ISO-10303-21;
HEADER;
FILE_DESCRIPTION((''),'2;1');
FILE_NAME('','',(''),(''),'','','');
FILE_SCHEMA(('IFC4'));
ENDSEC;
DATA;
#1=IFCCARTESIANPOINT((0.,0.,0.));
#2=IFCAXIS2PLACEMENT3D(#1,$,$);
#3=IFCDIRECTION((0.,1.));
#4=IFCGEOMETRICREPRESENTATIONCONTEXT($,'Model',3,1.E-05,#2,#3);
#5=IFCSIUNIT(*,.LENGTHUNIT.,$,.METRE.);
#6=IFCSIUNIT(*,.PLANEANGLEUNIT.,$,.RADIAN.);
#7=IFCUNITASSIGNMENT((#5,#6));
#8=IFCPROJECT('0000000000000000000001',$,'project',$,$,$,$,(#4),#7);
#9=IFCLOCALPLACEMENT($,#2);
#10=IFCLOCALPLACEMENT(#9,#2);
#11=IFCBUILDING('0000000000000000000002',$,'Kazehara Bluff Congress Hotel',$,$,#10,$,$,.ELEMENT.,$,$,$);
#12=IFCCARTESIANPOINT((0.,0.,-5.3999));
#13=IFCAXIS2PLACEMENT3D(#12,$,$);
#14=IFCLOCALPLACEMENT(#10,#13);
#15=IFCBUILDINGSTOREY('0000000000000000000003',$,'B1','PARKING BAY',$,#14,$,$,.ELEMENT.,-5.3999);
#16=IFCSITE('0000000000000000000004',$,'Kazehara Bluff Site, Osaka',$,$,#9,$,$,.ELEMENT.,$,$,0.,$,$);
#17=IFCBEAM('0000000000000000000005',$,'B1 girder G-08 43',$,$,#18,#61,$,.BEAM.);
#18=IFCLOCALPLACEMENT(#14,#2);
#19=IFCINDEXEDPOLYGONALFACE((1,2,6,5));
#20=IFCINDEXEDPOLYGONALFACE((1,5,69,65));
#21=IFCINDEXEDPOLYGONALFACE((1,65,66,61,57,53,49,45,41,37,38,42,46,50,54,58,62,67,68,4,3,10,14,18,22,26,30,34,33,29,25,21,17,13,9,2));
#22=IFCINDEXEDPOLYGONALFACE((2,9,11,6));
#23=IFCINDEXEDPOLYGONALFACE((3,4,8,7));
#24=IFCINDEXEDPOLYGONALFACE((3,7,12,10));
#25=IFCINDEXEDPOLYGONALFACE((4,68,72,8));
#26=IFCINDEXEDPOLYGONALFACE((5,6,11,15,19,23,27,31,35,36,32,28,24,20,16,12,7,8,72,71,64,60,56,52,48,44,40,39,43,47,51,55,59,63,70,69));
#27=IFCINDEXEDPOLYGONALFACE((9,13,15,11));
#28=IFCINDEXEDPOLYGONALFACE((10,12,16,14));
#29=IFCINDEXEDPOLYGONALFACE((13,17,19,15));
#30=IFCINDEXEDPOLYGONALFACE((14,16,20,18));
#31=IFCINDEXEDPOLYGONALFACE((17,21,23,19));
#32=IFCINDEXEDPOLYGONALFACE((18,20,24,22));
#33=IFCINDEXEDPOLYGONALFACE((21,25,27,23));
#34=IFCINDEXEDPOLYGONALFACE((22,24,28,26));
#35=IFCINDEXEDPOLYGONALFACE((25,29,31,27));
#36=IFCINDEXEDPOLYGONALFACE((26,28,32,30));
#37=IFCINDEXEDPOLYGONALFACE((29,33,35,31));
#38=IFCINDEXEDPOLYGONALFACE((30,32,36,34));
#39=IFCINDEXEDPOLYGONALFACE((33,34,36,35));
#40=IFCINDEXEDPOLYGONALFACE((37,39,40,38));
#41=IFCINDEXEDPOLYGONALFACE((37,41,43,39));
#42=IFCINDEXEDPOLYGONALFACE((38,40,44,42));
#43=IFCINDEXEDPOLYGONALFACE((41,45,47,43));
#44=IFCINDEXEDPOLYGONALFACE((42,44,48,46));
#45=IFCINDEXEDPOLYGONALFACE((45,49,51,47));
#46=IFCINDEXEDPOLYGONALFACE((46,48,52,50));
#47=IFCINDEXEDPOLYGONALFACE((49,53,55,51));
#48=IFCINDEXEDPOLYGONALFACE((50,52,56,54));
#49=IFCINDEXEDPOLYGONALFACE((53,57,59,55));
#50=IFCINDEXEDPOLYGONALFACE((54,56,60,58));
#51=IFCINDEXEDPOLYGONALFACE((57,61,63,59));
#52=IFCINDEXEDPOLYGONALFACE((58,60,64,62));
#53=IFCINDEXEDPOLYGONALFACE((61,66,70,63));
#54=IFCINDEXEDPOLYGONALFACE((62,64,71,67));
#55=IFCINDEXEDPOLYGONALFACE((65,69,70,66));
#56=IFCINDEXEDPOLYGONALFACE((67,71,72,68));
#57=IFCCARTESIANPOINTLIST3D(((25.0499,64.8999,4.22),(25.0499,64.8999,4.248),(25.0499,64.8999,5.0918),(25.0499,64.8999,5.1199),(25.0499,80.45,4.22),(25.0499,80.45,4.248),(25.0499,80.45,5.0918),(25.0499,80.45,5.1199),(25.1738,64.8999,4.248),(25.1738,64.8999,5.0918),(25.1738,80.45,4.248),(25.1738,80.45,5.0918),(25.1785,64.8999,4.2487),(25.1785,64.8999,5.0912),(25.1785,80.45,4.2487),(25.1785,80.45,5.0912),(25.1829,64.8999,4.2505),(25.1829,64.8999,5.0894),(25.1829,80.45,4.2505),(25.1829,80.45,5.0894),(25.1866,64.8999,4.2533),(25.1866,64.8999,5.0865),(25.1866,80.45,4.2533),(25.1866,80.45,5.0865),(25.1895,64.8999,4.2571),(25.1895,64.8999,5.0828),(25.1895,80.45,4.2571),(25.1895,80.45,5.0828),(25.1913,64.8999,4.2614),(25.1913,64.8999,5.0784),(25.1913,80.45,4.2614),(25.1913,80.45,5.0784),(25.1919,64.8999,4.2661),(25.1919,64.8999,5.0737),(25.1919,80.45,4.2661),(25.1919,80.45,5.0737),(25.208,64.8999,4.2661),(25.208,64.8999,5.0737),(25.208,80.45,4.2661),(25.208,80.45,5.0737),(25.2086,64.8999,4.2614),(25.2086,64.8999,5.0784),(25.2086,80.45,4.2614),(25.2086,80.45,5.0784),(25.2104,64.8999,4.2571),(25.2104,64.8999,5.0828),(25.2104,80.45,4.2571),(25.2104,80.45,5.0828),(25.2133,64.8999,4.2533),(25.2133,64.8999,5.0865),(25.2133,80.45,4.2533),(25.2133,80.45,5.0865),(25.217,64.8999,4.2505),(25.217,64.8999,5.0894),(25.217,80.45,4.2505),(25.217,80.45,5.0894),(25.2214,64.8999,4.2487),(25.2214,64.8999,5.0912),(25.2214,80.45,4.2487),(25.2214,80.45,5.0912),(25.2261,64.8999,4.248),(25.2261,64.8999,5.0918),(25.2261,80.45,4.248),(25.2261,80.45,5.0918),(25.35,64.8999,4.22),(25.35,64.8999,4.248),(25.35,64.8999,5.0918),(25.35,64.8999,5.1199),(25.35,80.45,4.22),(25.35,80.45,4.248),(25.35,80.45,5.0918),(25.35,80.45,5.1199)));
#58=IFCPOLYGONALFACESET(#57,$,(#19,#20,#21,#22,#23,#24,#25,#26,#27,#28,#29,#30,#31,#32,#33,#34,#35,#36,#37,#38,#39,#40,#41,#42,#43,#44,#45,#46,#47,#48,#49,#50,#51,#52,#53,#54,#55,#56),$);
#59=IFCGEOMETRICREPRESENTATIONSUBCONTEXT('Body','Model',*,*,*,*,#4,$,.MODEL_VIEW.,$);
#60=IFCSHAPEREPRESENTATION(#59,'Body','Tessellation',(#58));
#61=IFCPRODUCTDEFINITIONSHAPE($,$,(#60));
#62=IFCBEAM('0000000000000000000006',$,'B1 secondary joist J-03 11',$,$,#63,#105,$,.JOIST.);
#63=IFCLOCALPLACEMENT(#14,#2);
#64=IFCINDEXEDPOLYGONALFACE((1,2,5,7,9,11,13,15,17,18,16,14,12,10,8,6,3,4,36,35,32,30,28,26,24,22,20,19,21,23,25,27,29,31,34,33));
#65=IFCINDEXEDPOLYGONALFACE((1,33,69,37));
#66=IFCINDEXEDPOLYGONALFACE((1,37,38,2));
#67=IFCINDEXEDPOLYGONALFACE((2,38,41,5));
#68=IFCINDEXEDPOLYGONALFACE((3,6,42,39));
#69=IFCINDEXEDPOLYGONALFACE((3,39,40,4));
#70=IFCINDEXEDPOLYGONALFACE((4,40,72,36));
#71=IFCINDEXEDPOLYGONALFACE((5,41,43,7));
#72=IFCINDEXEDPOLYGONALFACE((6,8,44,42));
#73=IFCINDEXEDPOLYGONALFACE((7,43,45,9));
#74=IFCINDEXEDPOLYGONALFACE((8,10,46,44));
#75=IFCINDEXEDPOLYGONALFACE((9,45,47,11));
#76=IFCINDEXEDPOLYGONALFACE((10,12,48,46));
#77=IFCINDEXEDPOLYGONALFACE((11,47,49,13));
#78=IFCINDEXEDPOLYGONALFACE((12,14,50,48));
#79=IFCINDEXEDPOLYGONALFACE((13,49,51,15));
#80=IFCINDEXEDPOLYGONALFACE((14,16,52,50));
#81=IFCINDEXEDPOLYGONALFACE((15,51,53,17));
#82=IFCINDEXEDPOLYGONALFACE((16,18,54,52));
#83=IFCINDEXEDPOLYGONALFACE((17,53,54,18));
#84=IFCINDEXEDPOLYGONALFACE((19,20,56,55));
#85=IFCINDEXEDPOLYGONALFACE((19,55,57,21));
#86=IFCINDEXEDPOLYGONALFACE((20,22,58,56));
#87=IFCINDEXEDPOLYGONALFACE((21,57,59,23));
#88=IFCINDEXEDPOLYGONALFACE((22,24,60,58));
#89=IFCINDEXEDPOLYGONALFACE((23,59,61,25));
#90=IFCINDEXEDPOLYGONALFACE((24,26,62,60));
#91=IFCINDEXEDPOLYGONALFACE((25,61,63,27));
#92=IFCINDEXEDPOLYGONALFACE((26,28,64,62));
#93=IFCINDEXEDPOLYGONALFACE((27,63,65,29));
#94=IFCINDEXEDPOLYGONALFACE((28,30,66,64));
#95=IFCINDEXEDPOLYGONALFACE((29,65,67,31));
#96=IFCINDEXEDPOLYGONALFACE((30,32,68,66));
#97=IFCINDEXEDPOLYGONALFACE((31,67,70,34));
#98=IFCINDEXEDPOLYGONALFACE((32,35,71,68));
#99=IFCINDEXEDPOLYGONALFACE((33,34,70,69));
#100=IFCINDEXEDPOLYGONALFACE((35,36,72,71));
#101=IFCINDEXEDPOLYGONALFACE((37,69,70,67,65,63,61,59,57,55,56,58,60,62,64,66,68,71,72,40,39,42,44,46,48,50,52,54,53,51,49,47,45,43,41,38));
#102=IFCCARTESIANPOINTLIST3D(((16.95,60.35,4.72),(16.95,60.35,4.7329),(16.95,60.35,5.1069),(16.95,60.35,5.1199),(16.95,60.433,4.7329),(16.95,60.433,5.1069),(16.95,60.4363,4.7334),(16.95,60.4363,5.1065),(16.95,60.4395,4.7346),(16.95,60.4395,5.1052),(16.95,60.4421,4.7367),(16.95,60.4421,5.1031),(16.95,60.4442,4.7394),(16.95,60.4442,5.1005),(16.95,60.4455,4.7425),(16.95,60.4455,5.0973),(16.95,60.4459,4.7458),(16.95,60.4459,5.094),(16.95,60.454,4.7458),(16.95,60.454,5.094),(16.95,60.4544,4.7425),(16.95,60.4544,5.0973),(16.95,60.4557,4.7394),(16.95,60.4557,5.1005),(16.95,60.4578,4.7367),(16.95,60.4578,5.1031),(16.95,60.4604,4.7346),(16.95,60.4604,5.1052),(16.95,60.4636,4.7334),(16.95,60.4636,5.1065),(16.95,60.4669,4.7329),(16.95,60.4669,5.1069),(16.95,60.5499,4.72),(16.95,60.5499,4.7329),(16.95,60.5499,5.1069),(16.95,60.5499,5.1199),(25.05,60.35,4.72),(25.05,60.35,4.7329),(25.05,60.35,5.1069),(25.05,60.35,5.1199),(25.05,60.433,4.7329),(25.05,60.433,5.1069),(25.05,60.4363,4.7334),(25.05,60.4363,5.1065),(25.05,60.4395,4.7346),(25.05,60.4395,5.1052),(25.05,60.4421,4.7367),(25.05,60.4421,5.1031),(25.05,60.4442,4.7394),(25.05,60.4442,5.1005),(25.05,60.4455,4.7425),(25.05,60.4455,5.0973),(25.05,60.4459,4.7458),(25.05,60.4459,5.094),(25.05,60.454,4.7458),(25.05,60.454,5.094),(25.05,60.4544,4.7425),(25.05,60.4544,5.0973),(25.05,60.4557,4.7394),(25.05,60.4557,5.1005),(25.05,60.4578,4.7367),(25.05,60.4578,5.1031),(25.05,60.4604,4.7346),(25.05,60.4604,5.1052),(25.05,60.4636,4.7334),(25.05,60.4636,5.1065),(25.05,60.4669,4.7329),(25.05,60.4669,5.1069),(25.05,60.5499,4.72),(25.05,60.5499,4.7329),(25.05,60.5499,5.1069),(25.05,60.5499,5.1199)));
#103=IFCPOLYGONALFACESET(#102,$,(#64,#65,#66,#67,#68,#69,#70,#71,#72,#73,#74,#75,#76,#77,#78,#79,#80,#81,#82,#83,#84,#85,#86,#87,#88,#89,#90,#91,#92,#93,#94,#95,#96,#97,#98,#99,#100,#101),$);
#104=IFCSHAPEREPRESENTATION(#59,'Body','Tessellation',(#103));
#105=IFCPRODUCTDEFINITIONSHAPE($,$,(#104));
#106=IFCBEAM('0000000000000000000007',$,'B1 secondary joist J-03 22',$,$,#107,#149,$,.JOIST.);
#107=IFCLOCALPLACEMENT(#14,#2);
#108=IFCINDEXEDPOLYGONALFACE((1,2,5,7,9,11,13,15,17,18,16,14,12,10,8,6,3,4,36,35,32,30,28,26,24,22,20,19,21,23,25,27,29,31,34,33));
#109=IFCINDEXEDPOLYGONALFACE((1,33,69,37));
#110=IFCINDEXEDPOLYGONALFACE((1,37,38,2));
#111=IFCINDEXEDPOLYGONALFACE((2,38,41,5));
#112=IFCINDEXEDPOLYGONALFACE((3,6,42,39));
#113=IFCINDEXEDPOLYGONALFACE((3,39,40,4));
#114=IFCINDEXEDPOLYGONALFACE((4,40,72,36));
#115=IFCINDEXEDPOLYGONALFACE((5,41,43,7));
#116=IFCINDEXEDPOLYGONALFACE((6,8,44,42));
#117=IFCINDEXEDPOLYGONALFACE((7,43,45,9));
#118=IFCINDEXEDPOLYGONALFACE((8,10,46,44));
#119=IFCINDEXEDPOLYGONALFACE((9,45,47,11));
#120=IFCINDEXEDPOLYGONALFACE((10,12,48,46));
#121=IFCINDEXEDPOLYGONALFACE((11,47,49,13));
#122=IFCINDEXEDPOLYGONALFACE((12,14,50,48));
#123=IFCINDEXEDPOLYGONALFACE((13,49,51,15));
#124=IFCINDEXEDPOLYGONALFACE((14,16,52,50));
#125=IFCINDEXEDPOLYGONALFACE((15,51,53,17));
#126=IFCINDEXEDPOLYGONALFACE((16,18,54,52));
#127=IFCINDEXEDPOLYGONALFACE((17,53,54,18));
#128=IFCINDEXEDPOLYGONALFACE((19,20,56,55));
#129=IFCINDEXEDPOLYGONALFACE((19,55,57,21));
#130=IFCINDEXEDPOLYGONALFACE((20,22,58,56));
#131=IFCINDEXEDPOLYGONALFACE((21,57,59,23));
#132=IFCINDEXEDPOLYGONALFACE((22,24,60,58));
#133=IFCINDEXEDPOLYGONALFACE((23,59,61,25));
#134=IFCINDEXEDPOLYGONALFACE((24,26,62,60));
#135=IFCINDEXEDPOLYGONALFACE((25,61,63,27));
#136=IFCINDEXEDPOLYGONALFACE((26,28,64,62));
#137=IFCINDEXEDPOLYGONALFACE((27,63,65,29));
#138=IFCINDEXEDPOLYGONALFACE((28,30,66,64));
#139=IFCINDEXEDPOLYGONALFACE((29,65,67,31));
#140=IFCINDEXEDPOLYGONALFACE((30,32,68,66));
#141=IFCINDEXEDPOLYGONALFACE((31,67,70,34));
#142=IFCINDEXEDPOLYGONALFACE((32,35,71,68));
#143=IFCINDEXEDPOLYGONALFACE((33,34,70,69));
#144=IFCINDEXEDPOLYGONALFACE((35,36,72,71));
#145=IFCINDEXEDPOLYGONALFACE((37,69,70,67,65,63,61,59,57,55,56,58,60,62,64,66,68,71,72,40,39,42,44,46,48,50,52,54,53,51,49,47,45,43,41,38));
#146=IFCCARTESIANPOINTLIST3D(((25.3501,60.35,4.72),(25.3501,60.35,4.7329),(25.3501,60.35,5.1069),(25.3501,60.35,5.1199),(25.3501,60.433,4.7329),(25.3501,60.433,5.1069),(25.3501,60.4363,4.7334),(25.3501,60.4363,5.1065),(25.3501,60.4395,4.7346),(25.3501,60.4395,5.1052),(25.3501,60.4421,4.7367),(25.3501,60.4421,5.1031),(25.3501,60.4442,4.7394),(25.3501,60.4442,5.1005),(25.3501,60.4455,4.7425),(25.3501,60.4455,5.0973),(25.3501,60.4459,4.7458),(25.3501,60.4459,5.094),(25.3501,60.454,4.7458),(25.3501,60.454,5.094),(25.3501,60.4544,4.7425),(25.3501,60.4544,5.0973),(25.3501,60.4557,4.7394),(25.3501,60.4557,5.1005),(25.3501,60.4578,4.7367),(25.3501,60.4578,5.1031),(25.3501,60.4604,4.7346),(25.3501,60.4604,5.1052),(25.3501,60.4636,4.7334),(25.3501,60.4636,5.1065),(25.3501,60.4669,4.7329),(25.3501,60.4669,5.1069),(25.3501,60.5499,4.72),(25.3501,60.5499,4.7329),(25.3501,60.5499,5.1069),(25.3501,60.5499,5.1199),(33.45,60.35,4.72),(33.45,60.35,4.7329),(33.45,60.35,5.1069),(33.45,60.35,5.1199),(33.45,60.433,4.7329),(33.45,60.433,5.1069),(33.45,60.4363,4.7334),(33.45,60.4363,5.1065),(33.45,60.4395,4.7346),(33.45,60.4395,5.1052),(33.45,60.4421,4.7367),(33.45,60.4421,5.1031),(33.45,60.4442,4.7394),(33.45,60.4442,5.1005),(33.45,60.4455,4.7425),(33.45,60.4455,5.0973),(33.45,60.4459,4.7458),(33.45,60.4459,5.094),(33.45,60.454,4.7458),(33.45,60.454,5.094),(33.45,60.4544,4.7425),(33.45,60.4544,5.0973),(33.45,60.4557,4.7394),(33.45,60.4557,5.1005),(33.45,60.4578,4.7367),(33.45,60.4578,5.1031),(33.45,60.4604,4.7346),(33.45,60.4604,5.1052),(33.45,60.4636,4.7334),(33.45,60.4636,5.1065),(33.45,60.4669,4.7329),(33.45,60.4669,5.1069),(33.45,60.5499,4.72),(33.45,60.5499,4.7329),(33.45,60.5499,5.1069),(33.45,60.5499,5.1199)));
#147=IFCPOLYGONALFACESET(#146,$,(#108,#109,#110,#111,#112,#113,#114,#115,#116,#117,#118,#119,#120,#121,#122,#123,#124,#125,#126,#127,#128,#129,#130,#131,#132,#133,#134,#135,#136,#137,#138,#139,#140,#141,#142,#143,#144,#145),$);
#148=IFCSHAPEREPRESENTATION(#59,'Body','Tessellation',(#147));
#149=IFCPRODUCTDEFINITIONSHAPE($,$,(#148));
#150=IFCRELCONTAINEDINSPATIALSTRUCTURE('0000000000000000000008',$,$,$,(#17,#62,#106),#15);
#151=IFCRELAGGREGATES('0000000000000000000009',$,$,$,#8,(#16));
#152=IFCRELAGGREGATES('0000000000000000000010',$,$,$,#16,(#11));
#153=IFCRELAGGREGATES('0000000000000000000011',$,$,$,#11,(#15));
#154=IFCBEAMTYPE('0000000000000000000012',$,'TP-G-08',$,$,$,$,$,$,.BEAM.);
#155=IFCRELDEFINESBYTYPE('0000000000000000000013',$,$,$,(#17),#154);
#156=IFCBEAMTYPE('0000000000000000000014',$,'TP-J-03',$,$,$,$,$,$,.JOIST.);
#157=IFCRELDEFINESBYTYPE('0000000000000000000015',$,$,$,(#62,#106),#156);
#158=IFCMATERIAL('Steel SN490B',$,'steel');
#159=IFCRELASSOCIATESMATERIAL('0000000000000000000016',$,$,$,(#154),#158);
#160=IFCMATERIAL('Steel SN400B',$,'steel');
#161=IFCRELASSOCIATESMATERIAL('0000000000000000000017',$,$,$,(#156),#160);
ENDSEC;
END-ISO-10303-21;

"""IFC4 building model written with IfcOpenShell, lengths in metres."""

from ifc_helpers import new_model, si_unit, direction, frame, origin, origin_2d, place, context, subcontext, project, spatial, i_section, extrude, material, material_profile, profile_set, type_object, element, save


model = new_model("IFC4")

# Units and contexts
model_context = context("Model", 3, precision=1e-05, world=origin(), true_north=direction((0.0, 1.0)))
body_context = subcontext(model_context, "Body", "Model", "MODEL_VIEW")
ifc_project = project(units=[si_unit("LENGTHUNIT", "METRE"), si_unit("PLANEANGLEUNIT", "RADIAN")], contexts=[model_context])

# Site, building, storey
site_placement = place(None, origin())
site = spatial("IfcSite", under=ifc_project, at=site_placement, Name="Kazehara Bluff Site, Osaka", CompositionType="ELEMENT", RefElevation=0.0)
building_placement = place(site_placement, origin())
building = spatial("IfcBuilding", under=site, at=building_placement, Name="Kazehara Bluff Congress Hotel", CompositionType="ELEMENT")
storey_placement = place(building_placement, frame((0.0, 0.0, -5.3999)))
storey = spatial("IfcBuildingStorey", under=building, at=storey_placement, Name="B1", Description="PARKING BAY", CompositionType="ELEMENT", Elevation=-5.3999)

# Beams
ifc_material_1 = material(Name="Steel SN490B", Category="steel")
ifc_material_profile_1 = material_profile(ifc_material_1, i_section(OverallWidth=0.3, OverallDepth=0.8999, WebThickness=0.0161, FlangeThickness=0.0281, FilletRadius=0.0181, at=origin_2d()))
ifc_profile_set_1 = profile_set([ifc_material_profile_1], Name="Steel SN490B")
beam_type_1 = type_object("IfcBeamType", Name="TP-G-08", PredefinedType="BEAM", material=ifc_profile_set_1)
beam_1_placement = place(storey_placement, frame((25.2, 64.8999, 4.6699), z_axis=(0.0, 1.0, 0.0), x_axis=(-1.0, 0.0, 0.0)))
element("IfcBeam", 1, at=beam_1_placement, inside=storey, type_object=beam_type_1, Name="B1 girder G-08 43", PredefinedType="BEAM", context=body_context, shape_type="SweptSolid", body=[
    extrude(i_section(OverallWidth=0.3, OverallDepth=0.8999, WebThickness=0.0161, FlangeThickness=0.0281, FilletRadius=0.0181, at=origin_2d()), origin(), (0.0, 0.0, 1.0), 15.55),
])
ifc_material_2 = material(Name="Steel SN400B", Category="steel")
ifc_material_profile_2 = material_profile(ifc_material_2, i_section(OverallWidth=0.2, OverallDepth=0.3999, WebThickness=0.0081, FlangeThickness=0.0129, FilletRadius=0.0129, at=origin_2d()))
ifc_profile_set_2 = profile_set([ifc_material_profile_2], Name="Steel SN400B")
beam_type_2 = type_object("IfcBeamType", Name="TP-J-03", PredefinedType="JOIST", material=ifc_profile_set_2)
beam_2_placement = place(storey_placement, frame((16.95, 60.45, 4.9199), z_axis=(1.0, 0.0, 0.0), x_axis=(0.0, 1.0, 0.0)))
element("IfcBeam", 2, at=beam_2_placement, inside=storey, type_object=beam_type_2, Name="B1 secondary joist J-03 11", PredefinedType="JOIST", context=body_context, shape_type="SweptSolid", body=[
    extrude(i_section(OverallWidth=0.2, OverallDepth=0.3999, WebThickness=0.0081, FlangeThickness=0.0129, FilletRadius=0.0129, at=origin_2d()), origin(), (0.0, 0.0, 1.0), 8.1001),
])
beam_3_placement = place(storey_placement, frame((25.3501, 60.45, 4.9199), z_axis=(1.0, 0.0, 0.0), x_axis=(0.0, 1.0, 0.0)))
element("IfcBeam", 3, at=beam_3_placement, inside=storey, type_object=beam_type_2, Name="B1 secondary joist J-03 22", PredefinedType="JOIST", context=body_context, shape_type="SweptSolid", body=[
    extrude(i_section(OverallWidth=0.2, OverallDepth=0.3999, WebThickness=0.0081, FlangeThickness=0.0129, FilletRadius=0.0129, at=origin_2d()), origin(), (0.0, 0.0, 1.0), 8.0999),
])

save(model, "model.ifc")
